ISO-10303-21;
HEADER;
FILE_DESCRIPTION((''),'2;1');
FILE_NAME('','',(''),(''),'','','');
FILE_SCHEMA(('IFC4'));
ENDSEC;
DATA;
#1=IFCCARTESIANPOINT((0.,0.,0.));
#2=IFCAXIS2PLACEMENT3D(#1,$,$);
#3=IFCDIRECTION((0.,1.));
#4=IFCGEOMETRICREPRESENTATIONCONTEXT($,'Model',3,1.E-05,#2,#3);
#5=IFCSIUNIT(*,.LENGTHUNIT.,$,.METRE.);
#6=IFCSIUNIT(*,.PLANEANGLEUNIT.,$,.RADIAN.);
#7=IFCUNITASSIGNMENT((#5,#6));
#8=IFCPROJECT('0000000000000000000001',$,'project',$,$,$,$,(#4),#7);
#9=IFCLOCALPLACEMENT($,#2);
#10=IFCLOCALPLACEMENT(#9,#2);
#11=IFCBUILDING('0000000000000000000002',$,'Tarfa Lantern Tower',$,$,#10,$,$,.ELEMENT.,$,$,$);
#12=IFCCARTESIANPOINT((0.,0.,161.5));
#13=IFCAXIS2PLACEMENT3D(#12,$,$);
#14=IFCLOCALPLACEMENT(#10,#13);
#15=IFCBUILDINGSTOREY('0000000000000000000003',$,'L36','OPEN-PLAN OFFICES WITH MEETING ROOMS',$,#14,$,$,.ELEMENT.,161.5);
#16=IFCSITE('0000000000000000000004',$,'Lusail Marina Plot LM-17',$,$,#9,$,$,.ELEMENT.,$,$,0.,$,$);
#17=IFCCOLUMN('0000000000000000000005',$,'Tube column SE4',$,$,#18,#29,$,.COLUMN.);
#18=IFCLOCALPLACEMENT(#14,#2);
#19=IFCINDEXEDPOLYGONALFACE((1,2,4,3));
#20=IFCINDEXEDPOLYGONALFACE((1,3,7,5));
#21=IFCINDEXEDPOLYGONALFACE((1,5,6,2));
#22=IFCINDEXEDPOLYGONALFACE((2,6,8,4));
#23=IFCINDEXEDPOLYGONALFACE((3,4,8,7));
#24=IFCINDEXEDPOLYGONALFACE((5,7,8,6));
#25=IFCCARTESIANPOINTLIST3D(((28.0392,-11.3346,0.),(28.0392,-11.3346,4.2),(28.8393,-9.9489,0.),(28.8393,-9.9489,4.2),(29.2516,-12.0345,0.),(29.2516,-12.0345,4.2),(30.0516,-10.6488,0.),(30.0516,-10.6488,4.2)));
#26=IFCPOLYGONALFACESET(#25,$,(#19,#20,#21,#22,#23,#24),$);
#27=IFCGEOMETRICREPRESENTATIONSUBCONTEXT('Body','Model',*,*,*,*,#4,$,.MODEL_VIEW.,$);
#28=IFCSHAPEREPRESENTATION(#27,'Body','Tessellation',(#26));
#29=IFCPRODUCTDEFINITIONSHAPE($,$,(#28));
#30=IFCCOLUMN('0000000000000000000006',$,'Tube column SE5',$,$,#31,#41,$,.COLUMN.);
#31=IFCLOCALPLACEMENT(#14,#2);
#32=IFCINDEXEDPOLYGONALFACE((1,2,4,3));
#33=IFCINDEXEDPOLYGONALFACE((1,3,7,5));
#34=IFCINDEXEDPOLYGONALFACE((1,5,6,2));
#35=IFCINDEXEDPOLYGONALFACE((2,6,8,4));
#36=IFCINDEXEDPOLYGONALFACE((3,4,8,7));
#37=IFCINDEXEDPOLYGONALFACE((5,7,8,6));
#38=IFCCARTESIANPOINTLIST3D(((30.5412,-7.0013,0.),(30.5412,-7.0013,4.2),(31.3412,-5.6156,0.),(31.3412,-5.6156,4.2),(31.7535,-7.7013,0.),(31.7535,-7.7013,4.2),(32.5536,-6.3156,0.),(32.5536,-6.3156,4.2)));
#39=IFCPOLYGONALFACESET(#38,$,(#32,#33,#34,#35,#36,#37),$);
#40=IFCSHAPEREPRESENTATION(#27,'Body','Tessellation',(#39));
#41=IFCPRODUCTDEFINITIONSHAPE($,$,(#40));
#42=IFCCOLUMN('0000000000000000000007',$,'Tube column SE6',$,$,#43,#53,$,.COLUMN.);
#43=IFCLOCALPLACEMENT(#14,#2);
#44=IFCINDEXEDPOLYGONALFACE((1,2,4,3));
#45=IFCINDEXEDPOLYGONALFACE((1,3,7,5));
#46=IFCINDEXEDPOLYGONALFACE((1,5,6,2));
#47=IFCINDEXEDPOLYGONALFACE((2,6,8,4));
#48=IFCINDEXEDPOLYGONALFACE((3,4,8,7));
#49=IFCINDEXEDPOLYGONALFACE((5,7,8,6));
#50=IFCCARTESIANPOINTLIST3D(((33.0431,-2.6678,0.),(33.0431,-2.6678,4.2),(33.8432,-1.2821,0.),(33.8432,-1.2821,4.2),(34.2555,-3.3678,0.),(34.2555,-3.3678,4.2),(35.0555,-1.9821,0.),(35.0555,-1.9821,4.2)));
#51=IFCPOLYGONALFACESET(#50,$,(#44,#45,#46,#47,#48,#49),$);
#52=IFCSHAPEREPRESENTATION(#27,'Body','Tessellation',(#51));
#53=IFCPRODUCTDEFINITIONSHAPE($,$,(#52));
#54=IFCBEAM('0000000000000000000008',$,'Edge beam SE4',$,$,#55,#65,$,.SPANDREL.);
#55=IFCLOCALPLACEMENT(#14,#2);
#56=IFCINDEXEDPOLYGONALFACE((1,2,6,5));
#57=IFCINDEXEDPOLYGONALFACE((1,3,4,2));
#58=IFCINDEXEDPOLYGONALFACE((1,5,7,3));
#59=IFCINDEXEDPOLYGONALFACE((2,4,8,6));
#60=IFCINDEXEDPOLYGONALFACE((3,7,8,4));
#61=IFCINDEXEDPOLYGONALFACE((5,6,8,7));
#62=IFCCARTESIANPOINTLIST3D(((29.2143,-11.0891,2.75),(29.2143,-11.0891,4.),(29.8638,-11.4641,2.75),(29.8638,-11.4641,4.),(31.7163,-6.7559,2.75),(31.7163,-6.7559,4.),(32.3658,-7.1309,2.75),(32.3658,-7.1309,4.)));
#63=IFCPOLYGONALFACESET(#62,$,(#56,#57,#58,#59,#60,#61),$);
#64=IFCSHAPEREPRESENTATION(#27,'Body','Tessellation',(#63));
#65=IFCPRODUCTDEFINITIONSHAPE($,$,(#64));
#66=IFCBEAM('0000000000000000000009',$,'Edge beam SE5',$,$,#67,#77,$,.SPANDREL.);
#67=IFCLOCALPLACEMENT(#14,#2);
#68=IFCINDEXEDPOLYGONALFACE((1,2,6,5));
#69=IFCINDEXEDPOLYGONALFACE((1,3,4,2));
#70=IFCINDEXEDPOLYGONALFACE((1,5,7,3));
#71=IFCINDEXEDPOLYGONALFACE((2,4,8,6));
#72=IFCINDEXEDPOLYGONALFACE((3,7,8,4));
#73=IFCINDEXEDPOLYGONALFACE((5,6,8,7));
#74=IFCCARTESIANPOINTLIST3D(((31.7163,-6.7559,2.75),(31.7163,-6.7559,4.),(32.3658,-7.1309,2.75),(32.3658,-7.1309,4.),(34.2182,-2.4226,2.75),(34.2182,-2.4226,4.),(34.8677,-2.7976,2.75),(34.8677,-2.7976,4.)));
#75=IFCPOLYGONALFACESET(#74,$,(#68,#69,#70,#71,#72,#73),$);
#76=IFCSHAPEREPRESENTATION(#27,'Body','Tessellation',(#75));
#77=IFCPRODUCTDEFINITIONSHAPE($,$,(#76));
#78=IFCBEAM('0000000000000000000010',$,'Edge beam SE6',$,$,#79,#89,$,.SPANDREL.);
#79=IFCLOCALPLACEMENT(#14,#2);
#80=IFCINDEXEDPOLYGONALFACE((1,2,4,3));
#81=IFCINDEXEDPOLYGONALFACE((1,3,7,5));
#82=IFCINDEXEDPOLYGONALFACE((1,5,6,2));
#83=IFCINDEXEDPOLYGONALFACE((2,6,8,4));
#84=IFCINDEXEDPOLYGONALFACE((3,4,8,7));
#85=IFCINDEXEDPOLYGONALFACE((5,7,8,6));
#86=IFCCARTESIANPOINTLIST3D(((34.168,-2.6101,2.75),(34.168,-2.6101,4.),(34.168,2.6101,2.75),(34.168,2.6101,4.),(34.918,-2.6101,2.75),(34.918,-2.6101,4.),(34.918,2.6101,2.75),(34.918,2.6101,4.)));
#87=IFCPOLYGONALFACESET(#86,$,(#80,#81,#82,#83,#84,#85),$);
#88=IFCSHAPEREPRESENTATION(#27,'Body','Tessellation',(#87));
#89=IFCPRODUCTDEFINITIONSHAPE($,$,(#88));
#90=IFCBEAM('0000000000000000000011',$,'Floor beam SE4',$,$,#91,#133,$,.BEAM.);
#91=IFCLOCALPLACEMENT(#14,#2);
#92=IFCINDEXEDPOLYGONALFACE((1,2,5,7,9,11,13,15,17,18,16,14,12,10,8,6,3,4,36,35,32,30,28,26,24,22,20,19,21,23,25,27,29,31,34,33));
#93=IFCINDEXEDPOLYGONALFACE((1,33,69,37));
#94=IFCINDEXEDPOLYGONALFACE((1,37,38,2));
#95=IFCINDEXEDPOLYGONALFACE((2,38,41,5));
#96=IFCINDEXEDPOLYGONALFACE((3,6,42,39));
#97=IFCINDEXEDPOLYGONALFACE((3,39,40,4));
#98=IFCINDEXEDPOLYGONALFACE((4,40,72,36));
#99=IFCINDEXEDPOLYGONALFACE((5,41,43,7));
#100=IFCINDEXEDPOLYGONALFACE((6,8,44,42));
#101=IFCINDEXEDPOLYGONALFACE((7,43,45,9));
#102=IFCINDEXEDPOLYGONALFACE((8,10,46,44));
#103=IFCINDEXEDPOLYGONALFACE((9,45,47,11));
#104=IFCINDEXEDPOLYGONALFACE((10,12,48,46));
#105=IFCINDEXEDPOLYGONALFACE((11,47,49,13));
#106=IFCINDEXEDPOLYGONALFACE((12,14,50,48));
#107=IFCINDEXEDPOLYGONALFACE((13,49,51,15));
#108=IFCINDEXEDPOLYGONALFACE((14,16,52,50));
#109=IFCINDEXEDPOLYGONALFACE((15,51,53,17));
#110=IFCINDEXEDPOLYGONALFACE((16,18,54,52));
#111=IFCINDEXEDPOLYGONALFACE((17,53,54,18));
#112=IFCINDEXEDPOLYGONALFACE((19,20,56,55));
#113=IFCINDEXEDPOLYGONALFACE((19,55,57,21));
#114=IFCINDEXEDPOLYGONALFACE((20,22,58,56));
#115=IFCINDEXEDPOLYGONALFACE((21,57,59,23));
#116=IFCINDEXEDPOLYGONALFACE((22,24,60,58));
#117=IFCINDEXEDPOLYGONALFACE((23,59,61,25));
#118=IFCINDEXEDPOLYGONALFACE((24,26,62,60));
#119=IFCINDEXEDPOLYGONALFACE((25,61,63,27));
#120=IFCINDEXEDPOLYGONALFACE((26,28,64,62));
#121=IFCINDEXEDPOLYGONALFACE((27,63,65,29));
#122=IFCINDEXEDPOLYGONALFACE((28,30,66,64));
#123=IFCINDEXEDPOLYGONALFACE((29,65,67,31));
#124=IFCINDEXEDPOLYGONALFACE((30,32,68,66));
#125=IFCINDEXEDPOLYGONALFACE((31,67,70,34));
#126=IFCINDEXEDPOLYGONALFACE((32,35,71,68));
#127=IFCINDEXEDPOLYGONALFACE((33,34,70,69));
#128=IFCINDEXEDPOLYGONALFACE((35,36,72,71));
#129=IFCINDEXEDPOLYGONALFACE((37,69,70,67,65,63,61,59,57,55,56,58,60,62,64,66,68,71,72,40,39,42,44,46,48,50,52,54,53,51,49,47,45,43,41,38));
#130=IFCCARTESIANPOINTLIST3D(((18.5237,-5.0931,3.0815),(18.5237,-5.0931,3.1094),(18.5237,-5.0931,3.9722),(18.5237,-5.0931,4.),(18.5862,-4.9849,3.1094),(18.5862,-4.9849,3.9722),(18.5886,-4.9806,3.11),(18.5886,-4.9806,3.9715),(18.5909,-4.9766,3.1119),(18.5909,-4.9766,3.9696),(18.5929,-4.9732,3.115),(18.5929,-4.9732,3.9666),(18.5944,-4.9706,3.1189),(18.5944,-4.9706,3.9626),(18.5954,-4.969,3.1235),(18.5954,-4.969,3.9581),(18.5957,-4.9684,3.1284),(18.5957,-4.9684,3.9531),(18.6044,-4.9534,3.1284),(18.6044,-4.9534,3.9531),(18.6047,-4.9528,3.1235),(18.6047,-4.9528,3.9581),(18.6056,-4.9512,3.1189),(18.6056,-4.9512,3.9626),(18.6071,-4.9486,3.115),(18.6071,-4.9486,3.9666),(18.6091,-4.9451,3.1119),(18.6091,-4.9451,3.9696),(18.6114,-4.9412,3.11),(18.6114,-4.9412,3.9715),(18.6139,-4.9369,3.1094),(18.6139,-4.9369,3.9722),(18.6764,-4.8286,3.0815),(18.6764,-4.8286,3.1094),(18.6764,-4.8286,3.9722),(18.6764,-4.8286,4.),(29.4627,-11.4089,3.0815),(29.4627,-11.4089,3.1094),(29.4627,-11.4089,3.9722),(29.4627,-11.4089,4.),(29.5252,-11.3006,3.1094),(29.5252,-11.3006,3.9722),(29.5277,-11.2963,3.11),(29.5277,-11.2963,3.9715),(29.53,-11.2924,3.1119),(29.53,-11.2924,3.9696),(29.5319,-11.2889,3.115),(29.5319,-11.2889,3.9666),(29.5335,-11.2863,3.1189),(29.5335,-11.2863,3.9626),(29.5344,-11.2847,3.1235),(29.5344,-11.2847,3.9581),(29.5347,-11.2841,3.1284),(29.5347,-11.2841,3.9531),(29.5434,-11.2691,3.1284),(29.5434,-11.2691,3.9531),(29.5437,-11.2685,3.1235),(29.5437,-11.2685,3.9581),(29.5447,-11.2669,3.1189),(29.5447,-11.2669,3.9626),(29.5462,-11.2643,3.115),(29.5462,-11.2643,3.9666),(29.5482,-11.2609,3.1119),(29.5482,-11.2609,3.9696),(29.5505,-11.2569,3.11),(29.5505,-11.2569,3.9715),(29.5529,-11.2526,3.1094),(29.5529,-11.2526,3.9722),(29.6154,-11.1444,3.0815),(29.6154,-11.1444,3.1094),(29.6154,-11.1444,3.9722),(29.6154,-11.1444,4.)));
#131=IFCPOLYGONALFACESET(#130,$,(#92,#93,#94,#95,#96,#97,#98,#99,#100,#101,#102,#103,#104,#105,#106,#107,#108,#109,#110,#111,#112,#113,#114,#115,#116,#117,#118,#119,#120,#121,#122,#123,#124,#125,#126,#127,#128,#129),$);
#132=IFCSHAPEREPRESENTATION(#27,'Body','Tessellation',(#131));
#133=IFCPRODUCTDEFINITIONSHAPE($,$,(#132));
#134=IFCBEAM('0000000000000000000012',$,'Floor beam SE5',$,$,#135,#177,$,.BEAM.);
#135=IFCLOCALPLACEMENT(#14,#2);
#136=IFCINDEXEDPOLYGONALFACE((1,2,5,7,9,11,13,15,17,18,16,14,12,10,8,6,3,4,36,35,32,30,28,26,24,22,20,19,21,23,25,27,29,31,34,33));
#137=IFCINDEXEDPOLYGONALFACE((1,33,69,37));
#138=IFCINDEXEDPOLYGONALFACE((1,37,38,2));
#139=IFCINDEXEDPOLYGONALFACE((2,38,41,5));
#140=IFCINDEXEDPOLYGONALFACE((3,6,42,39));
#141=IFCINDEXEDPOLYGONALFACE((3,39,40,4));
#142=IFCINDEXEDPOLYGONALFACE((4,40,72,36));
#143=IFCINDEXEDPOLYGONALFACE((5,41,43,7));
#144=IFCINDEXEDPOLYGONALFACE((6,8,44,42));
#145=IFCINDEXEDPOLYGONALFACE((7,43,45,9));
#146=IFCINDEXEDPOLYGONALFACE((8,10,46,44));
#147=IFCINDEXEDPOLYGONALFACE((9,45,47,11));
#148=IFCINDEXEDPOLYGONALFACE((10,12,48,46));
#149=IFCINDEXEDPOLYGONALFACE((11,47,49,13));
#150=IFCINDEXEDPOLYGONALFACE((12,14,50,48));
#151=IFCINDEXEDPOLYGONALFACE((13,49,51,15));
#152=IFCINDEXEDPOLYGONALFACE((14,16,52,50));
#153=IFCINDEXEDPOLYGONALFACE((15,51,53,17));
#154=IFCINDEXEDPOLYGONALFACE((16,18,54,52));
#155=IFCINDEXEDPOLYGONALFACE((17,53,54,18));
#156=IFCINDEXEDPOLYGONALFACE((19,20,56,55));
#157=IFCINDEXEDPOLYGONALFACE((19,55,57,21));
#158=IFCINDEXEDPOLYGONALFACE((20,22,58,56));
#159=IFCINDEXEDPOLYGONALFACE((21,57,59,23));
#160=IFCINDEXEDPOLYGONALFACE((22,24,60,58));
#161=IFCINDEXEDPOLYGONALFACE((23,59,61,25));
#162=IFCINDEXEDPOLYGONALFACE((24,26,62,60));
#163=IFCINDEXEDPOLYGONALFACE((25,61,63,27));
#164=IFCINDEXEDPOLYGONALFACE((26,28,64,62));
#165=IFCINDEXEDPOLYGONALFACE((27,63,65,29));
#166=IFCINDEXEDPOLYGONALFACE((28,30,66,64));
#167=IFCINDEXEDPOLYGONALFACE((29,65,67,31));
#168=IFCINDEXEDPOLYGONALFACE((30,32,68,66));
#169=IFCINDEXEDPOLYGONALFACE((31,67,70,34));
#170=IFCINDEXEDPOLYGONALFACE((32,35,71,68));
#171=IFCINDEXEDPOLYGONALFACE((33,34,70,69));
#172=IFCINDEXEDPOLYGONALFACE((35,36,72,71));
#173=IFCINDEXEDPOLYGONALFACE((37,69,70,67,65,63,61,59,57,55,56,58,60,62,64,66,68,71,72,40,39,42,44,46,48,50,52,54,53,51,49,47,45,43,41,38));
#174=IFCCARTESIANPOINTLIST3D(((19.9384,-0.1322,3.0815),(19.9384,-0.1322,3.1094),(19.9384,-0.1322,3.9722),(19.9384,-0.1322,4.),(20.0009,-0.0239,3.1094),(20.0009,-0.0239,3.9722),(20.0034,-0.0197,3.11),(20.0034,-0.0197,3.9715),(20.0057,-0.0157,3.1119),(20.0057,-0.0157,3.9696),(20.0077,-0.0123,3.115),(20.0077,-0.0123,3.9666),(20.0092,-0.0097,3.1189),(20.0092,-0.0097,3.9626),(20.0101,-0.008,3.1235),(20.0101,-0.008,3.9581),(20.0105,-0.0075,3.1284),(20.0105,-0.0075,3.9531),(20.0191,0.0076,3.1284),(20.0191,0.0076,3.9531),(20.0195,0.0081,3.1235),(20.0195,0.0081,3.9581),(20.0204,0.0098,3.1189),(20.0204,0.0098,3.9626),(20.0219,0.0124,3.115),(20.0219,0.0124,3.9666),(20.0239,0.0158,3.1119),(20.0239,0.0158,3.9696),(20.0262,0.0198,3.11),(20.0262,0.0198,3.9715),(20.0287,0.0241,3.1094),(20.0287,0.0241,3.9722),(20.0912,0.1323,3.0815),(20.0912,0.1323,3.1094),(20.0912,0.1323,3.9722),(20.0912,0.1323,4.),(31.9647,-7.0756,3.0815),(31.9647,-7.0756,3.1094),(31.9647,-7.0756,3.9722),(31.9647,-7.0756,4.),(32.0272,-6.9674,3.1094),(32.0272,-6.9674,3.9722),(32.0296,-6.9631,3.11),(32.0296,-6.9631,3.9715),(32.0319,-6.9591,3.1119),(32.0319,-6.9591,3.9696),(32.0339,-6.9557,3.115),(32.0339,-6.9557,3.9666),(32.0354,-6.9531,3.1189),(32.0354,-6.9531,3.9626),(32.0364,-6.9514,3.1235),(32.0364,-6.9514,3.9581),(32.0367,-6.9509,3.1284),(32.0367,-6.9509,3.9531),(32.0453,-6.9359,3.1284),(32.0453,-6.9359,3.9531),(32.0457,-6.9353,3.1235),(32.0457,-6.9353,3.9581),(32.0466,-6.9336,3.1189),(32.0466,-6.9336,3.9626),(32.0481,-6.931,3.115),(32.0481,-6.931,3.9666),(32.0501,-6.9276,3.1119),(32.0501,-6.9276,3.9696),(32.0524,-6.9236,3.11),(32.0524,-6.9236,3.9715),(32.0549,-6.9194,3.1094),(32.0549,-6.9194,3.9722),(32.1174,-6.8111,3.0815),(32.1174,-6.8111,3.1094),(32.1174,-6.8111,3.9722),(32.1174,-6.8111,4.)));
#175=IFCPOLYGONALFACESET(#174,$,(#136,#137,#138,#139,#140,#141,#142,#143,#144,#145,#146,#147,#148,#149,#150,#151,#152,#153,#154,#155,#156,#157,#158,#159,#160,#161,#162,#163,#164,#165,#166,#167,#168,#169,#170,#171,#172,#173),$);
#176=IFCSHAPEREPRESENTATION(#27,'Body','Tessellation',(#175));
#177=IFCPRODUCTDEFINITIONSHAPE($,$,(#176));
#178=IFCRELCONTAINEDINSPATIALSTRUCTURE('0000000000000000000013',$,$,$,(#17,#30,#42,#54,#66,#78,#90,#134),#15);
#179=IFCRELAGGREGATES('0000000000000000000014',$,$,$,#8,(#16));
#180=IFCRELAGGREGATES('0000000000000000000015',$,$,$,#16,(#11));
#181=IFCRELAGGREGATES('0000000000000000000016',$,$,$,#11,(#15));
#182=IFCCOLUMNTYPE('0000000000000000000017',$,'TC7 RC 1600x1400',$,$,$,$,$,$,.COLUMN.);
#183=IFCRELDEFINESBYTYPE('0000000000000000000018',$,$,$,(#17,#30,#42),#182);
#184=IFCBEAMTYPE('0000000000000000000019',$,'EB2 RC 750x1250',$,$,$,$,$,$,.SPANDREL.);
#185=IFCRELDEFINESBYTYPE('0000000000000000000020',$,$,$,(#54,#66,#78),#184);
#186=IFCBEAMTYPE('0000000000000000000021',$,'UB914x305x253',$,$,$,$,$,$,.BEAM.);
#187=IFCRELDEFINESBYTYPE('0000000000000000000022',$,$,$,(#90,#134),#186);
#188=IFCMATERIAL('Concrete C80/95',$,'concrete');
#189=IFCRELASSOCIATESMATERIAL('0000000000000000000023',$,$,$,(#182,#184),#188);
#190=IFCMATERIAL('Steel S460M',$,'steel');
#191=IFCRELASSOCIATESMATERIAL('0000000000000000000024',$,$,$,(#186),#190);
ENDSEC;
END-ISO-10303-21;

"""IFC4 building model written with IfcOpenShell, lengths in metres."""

from ifc_helpers import new_model, si_unit, direction, frame, origin, origin_2d, place, context, subcontext, project, spatial, rectangle, i_section, extrude, material, material_profile, profile_set, type_object, element, save


model = new_model("IFC4")

# Units and contexts
model_context = context("Model", 3, precision=1e-05, world=origin(), true_north=direction((0.0, 1.0)))
body_context = subcontext(model_context, "Body", "Model", "MODEL_VIEW")
ifc_project = project(units=[si_unit("LENGTHUNIT", "METRE"), si_unit("PLANEANGLEUNIT", "RADIAN")], contexts=[model_context])

# Site, building, storey
site_placement = place(None, origin())
site = spatial("IfcSite", under=ifc_project, at=site_placement, Name="Lusail Marina Plot LM-17", CompositionType="ELEMENT", RefElevation=0.0)
building_placement = place(site_placement, origin())
building = spatial("IfcBuilding", under=site, at=building_placement, Name="Tarfa Lantern Tower", CompositionType="ELEMENT")
storey_placement = place(building_placement, frame((0.0, 0.0, 161.5)))
storey = spatial("IfcBuildingStorey", under=building, at=storey_placement, Name="L36", Description="OPEN-PLAN OFFICES WITH MEETING ROOMS", CompositionType="ELEMENT", Elevation=161.5)

# Columns
ifc_material_1 = material(Name="Concrete C80/95", Category="concrete")
ifc_material_profile_1 = material_profile(ifc_material_1, rectangle(XDim=1.6001, YDim=1.3999, at=origin_2d()), Name="RC 1600x1400")
ifc_profile_set_1 = profile_set([ifc_material_profile_1], Name="Concrete C80/95")
column_type = type_object("IfcColumnType", Name="TC7 RC 1600x1400", PredefinedType="COLUMN", material=ifc_profile_set_1)
for number, where, z_axis, x_axis, name in (
    (1, (29.0454, -10.9917, 0.0), (0.0, 0.0, 1.0), (0.5, 0.866025, 0.0), "Tube column SE4"),
    (2, (31.5474, -6.6584, 0.0), (0.0, 0.0, 1.0), (0.5, 0.866025, 0.0), "Tube column SE5"),
    (3, (34.0493, -2.325, 0.0), (0.0, 0.0, 1.0), (0.5, 0.866025, 0.0), "Tube column SE6"),
):
    element("IfcColumn", number, at=place(storey_placement, frame(where, z_axis=z_axis, x_axis=x_axis)), inside=storey, type_object=column_type, Name=name, PredefinedType="COLUMN", context=body_context, shape_type="SweptSolid", body=[
        extrude(rectangle(XDim=1.6001, YDim=1.3999, at=origin_2d()), origin(), (0.0, 0.0, 1.0), 4.2),
    ])

# Beams
ifc_material_profile_2 = material_profile(ifc_material_1, rectangle(XDim=0.75, YDim=1.25, at=origin_2d()), Name="RC 750x1250")
ifc_profile_set_2 = profile_set([ifc_material_profile_2], Name="Concrete C80/95")
beam_type_1 = type_object("IfcBeamType", Name="EB2 RC 750x1250", PredefinedType="SPANDREL", material=ifc_profile_set_2)
for number, where, z_axis, x_axis, name in (
    (4, (29.5391, -11.2766, 3.375), (0.500022, 0.866013, 0.0), (-0.866013, 0.500022, 0.0), "Edge beam SE4"),
    (5, (32.041, -6.9434, 3.375), (0.500022, 0.866013, 0.0), (-0.866013, 0.500022, 0.0), "Edge beam SE5"),
):
    element("IfcBeam", number, at=place(storey_placement, frame(where, z_axis=z_axis, x_axis=x_axis)), inside=storey, type_object=beam_type_1, Name=name, PredefinedType="SPANDREL", context=body_context, shape_type="SweptSolid", body=[
        extrude(rectangle(XDim=0.75, YDim=1.25, at=origin_2d()), origin(), (0.0, 0.0, 1.0), 5.0037),
    ])
beam_1_placement = place(storey_placement, frame((34.543, -2.6101, 3.375), z_axis=(0.0, 1.0, 0.0), x_axis=(-1.0, 0.0, 0.0)))
element("IfcBeam", 6, at=beam_1_placement, inside=storey, type_object=beam_type_1, Name="Edge beam SE6", PredefinedType="SPANDREL", context=body_context, shape_type="SweptSolid", body=[
    extrude(rectangle(XDim=0.75, YDim=1.25, at=origin_2d()), origin(), (0.0, 0.0, 1.0), 5.2202),
])
ifc_material_2 = material(Name="Steel S460M", Category="steel")
ifc_material_profile_3 = material_profile(ifc_material_2, i_section(OverallWidth=0.3054, OverallDepth=0.9185, WebThickness=0.0173, FlangeThickness=0.0278, FilletRadius=0.019, at=origin_2d()), Name="UB914x305x253")
ifc_profile_set_3 = profile_set([ifc_material_profile_3], Name="Steel S460M")
beam_type_2 = type_object("IfcBeamType", Name="UB914x305x253", PredefinedType="BEAM", material=ifc_profile_set_3)
beam_2_placement = place(storey_placement, frame((29.5391, -11.2766, 3.5408), z_axis=(-0.866023, 0.500004, 0.0), x_axis=(-0.500004, -0.866023, 0.0)))
element("IfcBeam", 7, at=beam_2_placement, inside=storey, type_object=beam_type_2, Name="Floor beam SE4", PredefinedType="BEAM", context=body_context, shape_type="SweptSolid", body=[
    extrude(i_section(OverallWidth=0.3054, OverallDepth=0.9185, WebThickness=0.0173, FlangeThickness=0.0278, FilletRadius=0.019, at=origin_2d()), origin(), (0.0, 0.0, 1.0), 12.6313),
])
beam_3_placement = place(storey_placement, frame((32.041, -6.9434, 3.5408), z_axis=(-0.866023, 0.500004, 0.0), x_axis=(-0.500004, -0.866023, 0.0)))
element("IfcBeam", 8, at=beam_3_placement, inside=storey, type_object=beam_type_2, Name="Floor beam SE5", PredefinedType="BEAM", context=body_context, shape_type="SweptSolid", body=[
    extrude(i_section(OverallWidth=0.3054, OverallDepth=0.9185, WebThickness=0.0173, FlangeThickness=0.0278, FilletRadius=0.019, at=origin_2d()), origin(), (0.0, 0.0, 1.0), 13.8867),
])

save(model, "model.ifc")
